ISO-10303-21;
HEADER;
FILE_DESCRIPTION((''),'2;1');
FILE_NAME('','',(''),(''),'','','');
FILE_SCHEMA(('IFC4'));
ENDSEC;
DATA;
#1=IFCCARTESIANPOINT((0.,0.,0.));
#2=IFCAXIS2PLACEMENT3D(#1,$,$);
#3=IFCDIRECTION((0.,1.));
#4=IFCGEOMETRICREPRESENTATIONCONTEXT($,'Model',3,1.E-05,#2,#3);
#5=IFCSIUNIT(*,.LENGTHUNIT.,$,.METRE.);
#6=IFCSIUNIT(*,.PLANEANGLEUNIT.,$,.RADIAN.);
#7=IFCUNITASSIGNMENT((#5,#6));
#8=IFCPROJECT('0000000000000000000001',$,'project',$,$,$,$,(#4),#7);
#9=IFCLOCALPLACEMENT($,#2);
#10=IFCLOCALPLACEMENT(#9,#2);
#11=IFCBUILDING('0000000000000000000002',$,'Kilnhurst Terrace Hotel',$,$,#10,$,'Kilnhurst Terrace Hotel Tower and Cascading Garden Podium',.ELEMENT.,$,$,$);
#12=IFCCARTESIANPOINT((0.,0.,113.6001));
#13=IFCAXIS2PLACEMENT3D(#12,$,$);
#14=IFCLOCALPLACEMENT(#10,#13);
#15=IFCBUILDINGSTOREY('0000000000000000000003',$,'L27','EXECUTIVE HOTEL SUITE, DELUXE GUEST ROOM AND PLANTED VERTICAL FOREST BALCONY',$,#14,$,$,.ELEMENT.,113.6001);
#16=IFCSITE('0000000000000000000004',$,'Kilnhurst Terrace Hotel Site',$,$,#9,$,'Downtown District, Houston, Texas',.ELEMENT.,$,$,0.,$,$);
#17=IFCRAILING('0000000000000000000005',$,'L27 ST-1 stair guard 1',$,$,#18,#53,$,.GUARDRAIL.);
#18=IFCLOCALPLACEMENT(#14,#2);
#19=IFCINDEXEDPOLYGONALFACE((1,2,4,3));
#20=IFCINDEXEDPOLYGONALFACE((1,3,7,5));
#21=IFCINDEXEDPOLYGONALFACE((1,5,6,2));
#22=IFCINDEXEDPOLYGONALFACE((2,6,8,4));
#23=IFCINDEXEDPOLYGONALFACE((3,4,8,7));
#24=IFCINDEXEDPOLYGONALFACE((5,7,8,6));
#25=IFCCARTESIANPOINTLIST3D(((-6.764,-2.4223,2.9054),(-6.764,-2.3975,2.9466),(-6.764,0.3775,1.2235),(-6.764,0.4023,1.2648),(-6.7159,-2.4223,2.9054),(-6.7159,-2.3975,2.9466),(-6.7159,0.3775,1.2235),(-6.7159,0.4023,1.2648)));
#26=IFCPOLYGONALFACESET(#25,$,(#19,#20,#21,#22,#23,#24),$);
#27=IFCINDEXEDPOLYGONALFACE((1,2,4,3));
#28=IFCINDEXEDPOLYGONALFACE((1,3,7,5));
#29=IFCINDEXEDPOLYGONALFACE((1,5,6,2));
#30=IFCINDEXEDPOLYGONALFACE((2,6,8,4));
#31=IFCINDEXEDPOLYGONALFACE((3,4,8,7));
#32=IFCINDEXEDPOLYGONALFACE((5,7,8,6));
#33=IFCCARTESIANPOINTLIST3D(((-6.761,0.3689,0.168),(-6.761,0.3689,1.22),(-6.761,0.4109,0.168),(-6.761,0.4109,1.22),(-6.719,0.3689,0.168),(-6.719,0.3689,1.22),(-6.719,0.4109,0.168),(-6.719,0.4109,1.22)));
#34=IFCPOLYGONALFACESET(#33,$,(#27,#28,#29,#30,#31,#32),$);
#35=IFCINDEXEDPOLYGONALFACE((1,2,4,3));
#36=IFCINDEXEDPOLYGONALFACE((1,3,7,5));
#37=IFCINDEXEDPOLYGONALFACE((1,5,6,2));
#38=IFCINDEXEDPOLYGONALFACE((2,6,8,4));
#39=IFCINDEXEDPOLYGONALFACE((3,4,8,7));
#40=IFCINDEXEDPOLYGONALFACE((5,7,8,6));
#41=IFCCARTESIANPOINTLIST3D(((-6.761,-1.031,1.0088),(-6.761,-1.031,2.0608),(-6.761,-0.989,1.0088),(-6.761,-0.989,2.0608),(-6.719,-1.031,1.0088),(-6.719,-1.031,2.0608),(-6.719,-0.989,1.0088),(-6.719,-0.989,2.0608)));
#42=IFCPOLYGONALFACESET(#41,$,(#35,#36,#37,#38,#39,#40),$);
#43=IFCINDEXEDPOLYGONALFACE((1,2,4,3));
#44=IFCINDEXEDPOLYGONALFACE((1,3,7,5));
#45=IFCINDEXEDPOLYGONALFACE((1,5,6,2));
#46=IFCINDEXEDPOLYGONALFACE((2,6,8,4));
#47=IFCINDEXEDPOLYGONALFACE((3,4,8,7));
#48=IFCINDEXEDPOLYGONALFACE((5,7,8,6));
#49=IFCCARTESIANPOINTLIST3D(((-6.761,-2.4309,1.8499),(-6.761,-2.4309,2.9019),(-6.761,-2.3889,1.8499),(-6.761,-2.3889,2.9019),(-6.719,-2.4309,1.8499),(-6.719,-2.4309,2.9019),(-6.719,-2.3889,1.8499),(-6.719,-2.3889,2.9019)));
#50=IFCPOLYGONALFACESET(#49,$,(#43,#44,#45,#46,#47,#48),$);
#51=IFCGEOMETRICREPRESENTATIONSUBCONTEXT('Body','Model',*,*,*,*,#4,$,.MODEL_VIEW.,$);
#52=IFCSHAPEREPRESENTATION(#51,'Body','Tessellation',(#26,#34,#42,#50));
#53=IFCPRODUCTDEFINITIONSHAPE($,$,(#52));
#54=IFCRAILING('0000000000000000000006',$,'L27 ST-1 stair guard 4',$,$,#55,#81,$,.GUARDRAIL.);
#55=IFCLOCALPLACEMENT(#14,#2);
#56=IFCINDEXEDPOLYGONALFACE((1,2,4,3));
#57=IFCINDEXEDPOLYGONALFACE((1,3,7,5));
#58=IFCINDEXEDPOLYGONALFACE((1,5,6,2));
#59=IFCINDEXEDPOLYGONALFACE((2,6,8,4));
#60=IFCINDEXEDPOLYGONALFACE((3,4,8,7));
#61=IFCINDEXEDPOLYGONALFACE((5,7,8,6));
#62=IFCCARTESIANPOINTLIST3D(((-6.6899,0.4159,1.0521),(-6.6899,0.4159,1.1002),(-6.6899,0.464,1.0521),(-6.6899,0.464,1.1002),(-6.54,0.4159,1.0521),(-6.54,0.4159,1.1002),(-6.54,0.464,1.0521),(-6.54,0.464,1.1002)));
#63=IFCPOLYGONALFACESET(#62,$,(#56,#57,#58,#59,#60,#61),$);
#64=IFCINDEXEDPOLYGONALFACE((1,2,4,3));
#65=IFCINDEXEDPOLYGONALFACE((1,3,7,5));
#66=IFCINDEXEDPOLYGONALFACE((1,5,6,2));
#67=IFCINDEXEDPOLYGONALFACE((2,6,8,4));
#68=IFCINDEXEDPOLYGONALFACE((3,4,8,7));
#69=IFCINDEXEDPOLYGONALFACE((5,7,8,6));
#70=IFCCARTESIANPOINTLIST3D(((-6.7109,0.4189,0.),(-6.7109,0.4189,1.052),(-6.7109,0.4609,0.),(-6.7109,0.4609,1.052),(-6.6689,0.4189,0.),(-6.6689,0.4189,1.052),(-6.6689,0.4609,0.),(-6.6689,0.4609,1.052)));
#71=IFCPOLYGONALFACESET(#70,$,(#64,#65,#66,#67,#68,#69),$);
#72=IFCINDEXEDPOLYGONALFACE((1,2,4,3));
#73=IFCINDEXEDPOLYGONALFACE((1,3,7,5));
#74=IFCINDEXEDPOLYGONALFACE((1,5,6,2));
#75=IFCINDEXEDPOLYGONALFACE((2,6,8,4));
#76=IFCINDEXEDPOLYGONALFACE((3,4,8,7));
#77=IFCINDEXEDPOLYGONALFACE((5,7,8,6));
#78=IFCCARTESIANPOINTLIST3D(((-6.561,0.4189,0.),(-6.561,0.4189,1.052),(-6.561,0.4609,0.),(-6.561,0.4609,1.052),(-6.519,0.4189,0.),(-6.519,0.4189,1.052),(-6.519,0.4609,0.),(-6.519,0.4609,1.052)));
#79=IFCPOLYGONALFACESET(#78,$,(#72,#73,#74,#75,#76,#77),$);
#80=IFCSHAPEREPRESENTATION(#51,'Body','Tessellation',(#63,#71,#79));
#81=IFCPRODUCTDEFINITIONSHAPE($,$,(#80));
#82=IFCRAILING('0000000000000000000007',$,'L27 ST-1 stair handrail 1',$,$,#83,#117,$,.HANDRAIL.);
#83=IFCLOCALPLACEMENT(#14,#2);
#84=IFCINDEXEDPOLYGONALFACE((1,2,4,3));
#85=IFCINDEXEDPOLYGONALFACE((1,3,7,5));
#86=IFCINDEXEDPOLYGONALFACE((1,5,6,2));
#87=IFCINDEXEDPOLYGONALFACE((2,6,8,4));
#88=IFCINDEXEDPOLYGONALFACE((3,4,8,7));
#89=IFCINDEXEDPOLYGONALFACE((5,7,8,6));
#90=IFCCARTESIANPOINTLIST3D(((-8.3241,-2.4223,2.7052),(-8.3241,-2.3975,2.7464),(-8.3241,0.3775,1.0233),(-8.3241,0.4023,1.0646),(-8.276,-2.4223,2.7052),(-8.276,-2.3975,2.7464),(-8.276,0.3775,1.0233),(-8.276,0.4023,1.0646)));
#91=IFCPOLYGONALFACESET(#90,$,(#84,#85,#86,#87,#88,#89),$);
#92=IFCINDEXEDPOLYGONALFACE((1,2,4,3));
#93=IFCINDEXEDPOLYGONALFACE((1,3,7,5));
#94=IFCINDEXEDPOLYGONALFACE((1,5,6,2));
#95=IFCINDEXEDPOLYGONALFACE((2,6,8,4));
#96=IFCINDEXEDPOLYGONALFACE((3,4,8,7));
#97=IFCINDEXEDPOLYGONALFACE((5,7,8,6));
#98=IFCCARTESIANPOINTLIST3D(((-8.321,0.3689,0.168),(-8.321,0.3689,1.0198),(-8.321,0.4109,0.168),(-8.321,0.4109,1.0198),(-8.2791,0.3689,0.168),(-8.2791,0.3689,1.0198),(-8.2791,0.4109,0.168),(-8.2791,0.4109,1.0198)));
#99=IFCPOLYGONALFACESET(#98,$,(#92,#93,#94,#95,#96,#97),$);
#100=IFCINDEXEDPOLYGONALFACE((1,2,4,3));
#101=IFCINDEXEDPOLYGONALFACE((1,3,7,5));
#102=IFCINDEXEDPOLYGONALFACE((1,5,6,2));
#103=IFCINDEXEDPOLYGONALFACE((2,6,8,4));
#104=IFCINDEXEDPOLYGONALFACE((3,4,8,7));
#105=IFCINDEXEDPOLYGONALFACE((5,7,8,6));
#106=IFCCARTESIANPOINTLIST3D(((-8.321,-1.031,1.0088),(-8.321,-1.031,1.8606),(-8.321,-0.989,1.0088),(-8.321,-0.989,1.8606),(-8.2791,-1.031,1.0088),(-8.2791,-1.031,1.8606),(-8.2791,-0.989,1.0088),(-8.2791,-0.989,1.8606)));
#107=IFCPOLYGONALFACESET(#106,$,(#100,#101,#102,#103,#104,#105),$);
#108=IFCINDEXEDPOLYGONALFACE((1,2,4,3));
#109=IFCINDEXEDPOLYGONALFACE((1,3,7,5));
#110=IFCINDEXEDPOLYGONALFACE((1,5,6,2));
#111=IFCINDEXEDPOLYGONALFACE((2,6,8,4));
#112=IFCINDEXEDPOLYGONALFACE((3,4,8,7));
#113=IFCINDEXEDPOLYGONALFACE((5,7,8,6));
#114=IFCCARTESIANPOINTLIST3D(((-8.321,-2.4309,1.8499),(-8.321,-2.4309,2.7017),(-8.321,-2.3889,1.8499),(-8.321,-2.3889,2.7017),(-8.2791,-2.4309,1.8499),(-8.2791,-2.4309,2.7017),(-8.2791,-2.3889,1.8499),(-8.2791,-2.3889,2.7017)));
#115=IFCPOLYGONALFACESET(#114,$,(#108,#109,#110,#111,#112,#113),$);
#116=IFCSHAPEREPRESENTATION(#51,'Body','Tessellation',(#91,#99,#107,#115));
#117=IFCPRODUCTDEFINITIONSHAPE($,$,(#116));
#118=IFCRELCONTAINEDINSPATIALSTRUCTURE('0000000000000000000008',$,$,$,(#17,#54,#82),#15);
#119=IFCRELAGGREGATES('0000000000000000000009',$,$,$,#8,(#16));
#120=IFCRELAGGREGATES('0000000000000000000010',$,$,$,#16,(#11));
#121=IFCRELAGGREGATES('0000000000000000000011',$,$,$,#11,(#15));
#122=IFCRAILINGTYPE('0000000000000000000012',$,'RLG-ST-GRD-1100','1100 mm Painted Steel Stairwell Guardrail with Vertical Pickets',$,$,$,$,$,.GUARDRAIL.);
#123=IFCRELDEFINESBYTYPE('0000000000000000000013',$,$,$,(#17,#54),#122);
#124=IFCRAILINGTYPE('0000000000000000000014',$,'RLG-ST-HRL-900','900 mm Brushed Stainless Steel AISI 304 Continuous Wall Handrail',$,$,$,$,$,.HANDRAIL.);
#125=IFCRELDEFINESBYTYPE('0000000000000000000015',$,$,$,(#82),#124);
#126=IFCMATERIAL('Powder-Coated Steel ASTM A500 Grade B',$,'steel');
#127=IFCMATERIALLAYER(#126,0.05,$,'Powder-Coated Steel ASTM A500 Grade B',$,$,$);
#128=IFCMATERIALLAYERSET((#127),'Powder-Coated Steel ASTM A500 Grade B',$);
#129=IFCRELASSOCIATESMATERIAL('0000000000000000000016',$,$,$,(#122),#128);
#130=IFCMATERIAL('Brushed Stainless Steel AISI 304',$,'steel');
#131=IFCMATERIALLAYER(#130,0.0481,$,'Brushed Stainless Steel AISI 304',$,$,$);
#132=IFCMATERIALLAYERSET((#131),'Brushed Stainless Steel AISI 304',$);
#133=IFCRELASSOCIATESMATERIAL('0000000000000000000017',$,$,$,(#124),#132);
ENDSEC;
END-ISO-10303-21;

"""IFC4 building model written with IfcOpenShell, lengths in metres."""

from ifc_helpers import new_model, si_unit, direction, frame, origin, origin_2d, place, context, subcontext, project, spatial, rectangle, extrude, material, layer, layer_set, type_object, element, save


model = new_model("IFC4")

# Units and contexts
model_context = context("Model", 3, precision=1e-05, world=origin(), true_north=direction((0.0, 1.0)))
body_context = subcontext(model_context, "Body", "Model", "MODEL_VIEW")
ifc_project = project(units=[si_unit("LENGTHUNIT", "METRE"), si_unit("PLANEANGLEUNIT", "RADIAN")], contexts=[model_context])

# Site, building, storey
site_placement = place(None, origin())
site = spatial("IfcSite", under=ifc_project, at=site_placement, Name="Kilnhurst Terrace Hotel Site", LongName="Downtown District, Houston, Texas", CompositionType="ELEMENT", RefElevation=0.0)
building_placement = place(site_placement, origin())
building = spatial("IfcBuilding", under=site, at=building_placement, Name="Kilnhurst Terrace Hotel", LongName="Kilnhurst Terrace Hotel Tower and Cascading Garden Podium", CompositionType="ELEMENT")
storey_placement = place(building_placement, frame((0.0, 0.0, 113.6001)))
storey = spatial("IfcBuildingStorey", under=building, at=storey_placement, Name="L27", Description="EXECUTIVE HOTEL SUITE, DELUXE GUEST ROOM AND PLANTED VERTICAL FOREST BALCONY", CompositionType="ELEMENT", Elevation=113.6001)

# Railings
ifc_material_1 = material(Name="Powder-Coated Steel ASTM A500 Grade B", Category="steel")
ifc_layer_1 = layer(ifc_material_1, 0.05, Name="Powder-Coated Steel ASTM A500 Grade B")
ifc_layer_set_1 = layer_set([ifc_layer_1], Name="Powder-Coated Steel ASTM A500 Grade B")
railing_type_1 = type_object("IfcRailingType", Name="RLG-ST-GRD-1100", Description="1100 mm Painted Steel Stairwell Guardrail with Vertical Pickets", PredefinedType="GUARDRAIL", material=ifc_layer_set_1)
railing_1_placement = place(storey_placement, frame((-6.74, 0.3899, 0.168)))
element("IfcRailing", 1, at=railing_1_placement, inside=storey, type_object=railing_type_1, Name="L27 ST-1 stair guard 1", PredefinedType="GUARDRAIL", context=body_context, shape_type="SweptSolid", body=[
    extrude(rectangle(XDim=0.0481, YDim=0.0481, at=origin_2d()), frame((0.0, 0.0, 1.0762), z_axis=(0.0, -0.857222, 0.514946), x_axis=(1.0, 0.0, 0.0)), (0.0, 0.0, 1.0), 3.2661),
    extrude(rectangle(XDim=0.042, YDim=0.042, at=origin_2d()), origin(), (0.0, 0.0, 1.0), 1.052),
    extrude(rectangle(XDim=0.042, YDim=0.042, at=origin_2d()), frame((0.0, -1.3999, 0.8408)), (0.0, 0.0, 1.0), 1.052),
    extrude(rectangle(XDim=0.042, YDim=0.042, at=origin_2d()), frame((0.0, -2.7998, 1.6819)), (0.0, 0.0, 1.0), 1.052),
])
railing_2_placement = place(storey_placement, frame((-6.6899, 0.4399, 0.0)))
element("IfcRailing", 2, at=railing_2_placement, inside=storey, type_object=railing_type_1, Name="L27 ST-1 stair guard 4", PredefinedType="GUARDRAIL", context=body_context, shape_type="SweptSolid", body=[
    extrude(rectangle(XDim=0.0481, YDim=0.0481, at=origin_2d()), frame((0.0, 0.0, 1.0762), z_axis=(1.0, 0.0, 0.0), x_axis=(0.0, 1.0, 0.0)), (0.0, 0.0, 1.0), 0.1499),
    extrude(rectangle(XDim=0.042, YDim=0.042, at=origin_2d()), origin(), (0.0, 0.0, 1.0), 1.052),
    extrude(rectangle(XDim=0.042, YDim=0.042, at=origin_2d()), frame((0.1499, 0.0, 0.0)), (0.0, 0.0, 1.0), 1.052),
])
ifc_material_2 = material(Name="Brushed Stainless Steel AISI 304", Category="steel")
ifc_layer_2 = layer(ifc_material_2, 0.0481, Name="Brushed Stainless Steel AISI 304")
ifc_layer_set_2 = layer_set([ifc_layer_2], Name="Brushed Stainless Steel AISI 304")
railing_type_2 = type_object("IfcRailingType", Name="RLG-ST-HRL-900", Description="900 mm Brushed Stainless Steel AISI 304 Continuous Wall Handrail", PredefinedType="HANDRAIL", material=ifc_layer_set_2)
railing_3_placement = place(storey_placement, frame((-8.3, 0.3899, 0.168)))
element("IfcRailing", 3, at=railing_3_placement, inside=storey, type_object=railing_type_2, Name="L27 ST-1 stair handrail 1", PredefinedType="HANDRAIL", context=body_context, shape_type="SweptSolid", body=[
    extrude(rectangle(XDim=0.0481, YDim=0.0481, at=origin_2d()), frame((0.0, 0.0, 0.876), z_axis=(0.0, -0.857222, 0.514946), x_axis=(1.0, 0.0, 0.0)), (0.0, 0.0, 1.0), 3.2661),
    extrude(rectangle(XDim=0.042, YDim=0.042, at=origin_2d()), origin(), (0.0, 0.0, 1.0), 0.8518),
    extrude(rectangle(XDim=0.042, YDim=0.042, at=origin_2d()), frame((0.0, -1.3999, 0.8408)), (0.0, 0.0, 1.0), 0.8518),
    extrude(rectangle(XDim=0.042, YDim=0.042, at=origin_2d()), frame((0.0, -2.7998, 1.6819)), (0.0, 0.0, 1.0), 0.8518),
])

save(model, "model.ifc")
